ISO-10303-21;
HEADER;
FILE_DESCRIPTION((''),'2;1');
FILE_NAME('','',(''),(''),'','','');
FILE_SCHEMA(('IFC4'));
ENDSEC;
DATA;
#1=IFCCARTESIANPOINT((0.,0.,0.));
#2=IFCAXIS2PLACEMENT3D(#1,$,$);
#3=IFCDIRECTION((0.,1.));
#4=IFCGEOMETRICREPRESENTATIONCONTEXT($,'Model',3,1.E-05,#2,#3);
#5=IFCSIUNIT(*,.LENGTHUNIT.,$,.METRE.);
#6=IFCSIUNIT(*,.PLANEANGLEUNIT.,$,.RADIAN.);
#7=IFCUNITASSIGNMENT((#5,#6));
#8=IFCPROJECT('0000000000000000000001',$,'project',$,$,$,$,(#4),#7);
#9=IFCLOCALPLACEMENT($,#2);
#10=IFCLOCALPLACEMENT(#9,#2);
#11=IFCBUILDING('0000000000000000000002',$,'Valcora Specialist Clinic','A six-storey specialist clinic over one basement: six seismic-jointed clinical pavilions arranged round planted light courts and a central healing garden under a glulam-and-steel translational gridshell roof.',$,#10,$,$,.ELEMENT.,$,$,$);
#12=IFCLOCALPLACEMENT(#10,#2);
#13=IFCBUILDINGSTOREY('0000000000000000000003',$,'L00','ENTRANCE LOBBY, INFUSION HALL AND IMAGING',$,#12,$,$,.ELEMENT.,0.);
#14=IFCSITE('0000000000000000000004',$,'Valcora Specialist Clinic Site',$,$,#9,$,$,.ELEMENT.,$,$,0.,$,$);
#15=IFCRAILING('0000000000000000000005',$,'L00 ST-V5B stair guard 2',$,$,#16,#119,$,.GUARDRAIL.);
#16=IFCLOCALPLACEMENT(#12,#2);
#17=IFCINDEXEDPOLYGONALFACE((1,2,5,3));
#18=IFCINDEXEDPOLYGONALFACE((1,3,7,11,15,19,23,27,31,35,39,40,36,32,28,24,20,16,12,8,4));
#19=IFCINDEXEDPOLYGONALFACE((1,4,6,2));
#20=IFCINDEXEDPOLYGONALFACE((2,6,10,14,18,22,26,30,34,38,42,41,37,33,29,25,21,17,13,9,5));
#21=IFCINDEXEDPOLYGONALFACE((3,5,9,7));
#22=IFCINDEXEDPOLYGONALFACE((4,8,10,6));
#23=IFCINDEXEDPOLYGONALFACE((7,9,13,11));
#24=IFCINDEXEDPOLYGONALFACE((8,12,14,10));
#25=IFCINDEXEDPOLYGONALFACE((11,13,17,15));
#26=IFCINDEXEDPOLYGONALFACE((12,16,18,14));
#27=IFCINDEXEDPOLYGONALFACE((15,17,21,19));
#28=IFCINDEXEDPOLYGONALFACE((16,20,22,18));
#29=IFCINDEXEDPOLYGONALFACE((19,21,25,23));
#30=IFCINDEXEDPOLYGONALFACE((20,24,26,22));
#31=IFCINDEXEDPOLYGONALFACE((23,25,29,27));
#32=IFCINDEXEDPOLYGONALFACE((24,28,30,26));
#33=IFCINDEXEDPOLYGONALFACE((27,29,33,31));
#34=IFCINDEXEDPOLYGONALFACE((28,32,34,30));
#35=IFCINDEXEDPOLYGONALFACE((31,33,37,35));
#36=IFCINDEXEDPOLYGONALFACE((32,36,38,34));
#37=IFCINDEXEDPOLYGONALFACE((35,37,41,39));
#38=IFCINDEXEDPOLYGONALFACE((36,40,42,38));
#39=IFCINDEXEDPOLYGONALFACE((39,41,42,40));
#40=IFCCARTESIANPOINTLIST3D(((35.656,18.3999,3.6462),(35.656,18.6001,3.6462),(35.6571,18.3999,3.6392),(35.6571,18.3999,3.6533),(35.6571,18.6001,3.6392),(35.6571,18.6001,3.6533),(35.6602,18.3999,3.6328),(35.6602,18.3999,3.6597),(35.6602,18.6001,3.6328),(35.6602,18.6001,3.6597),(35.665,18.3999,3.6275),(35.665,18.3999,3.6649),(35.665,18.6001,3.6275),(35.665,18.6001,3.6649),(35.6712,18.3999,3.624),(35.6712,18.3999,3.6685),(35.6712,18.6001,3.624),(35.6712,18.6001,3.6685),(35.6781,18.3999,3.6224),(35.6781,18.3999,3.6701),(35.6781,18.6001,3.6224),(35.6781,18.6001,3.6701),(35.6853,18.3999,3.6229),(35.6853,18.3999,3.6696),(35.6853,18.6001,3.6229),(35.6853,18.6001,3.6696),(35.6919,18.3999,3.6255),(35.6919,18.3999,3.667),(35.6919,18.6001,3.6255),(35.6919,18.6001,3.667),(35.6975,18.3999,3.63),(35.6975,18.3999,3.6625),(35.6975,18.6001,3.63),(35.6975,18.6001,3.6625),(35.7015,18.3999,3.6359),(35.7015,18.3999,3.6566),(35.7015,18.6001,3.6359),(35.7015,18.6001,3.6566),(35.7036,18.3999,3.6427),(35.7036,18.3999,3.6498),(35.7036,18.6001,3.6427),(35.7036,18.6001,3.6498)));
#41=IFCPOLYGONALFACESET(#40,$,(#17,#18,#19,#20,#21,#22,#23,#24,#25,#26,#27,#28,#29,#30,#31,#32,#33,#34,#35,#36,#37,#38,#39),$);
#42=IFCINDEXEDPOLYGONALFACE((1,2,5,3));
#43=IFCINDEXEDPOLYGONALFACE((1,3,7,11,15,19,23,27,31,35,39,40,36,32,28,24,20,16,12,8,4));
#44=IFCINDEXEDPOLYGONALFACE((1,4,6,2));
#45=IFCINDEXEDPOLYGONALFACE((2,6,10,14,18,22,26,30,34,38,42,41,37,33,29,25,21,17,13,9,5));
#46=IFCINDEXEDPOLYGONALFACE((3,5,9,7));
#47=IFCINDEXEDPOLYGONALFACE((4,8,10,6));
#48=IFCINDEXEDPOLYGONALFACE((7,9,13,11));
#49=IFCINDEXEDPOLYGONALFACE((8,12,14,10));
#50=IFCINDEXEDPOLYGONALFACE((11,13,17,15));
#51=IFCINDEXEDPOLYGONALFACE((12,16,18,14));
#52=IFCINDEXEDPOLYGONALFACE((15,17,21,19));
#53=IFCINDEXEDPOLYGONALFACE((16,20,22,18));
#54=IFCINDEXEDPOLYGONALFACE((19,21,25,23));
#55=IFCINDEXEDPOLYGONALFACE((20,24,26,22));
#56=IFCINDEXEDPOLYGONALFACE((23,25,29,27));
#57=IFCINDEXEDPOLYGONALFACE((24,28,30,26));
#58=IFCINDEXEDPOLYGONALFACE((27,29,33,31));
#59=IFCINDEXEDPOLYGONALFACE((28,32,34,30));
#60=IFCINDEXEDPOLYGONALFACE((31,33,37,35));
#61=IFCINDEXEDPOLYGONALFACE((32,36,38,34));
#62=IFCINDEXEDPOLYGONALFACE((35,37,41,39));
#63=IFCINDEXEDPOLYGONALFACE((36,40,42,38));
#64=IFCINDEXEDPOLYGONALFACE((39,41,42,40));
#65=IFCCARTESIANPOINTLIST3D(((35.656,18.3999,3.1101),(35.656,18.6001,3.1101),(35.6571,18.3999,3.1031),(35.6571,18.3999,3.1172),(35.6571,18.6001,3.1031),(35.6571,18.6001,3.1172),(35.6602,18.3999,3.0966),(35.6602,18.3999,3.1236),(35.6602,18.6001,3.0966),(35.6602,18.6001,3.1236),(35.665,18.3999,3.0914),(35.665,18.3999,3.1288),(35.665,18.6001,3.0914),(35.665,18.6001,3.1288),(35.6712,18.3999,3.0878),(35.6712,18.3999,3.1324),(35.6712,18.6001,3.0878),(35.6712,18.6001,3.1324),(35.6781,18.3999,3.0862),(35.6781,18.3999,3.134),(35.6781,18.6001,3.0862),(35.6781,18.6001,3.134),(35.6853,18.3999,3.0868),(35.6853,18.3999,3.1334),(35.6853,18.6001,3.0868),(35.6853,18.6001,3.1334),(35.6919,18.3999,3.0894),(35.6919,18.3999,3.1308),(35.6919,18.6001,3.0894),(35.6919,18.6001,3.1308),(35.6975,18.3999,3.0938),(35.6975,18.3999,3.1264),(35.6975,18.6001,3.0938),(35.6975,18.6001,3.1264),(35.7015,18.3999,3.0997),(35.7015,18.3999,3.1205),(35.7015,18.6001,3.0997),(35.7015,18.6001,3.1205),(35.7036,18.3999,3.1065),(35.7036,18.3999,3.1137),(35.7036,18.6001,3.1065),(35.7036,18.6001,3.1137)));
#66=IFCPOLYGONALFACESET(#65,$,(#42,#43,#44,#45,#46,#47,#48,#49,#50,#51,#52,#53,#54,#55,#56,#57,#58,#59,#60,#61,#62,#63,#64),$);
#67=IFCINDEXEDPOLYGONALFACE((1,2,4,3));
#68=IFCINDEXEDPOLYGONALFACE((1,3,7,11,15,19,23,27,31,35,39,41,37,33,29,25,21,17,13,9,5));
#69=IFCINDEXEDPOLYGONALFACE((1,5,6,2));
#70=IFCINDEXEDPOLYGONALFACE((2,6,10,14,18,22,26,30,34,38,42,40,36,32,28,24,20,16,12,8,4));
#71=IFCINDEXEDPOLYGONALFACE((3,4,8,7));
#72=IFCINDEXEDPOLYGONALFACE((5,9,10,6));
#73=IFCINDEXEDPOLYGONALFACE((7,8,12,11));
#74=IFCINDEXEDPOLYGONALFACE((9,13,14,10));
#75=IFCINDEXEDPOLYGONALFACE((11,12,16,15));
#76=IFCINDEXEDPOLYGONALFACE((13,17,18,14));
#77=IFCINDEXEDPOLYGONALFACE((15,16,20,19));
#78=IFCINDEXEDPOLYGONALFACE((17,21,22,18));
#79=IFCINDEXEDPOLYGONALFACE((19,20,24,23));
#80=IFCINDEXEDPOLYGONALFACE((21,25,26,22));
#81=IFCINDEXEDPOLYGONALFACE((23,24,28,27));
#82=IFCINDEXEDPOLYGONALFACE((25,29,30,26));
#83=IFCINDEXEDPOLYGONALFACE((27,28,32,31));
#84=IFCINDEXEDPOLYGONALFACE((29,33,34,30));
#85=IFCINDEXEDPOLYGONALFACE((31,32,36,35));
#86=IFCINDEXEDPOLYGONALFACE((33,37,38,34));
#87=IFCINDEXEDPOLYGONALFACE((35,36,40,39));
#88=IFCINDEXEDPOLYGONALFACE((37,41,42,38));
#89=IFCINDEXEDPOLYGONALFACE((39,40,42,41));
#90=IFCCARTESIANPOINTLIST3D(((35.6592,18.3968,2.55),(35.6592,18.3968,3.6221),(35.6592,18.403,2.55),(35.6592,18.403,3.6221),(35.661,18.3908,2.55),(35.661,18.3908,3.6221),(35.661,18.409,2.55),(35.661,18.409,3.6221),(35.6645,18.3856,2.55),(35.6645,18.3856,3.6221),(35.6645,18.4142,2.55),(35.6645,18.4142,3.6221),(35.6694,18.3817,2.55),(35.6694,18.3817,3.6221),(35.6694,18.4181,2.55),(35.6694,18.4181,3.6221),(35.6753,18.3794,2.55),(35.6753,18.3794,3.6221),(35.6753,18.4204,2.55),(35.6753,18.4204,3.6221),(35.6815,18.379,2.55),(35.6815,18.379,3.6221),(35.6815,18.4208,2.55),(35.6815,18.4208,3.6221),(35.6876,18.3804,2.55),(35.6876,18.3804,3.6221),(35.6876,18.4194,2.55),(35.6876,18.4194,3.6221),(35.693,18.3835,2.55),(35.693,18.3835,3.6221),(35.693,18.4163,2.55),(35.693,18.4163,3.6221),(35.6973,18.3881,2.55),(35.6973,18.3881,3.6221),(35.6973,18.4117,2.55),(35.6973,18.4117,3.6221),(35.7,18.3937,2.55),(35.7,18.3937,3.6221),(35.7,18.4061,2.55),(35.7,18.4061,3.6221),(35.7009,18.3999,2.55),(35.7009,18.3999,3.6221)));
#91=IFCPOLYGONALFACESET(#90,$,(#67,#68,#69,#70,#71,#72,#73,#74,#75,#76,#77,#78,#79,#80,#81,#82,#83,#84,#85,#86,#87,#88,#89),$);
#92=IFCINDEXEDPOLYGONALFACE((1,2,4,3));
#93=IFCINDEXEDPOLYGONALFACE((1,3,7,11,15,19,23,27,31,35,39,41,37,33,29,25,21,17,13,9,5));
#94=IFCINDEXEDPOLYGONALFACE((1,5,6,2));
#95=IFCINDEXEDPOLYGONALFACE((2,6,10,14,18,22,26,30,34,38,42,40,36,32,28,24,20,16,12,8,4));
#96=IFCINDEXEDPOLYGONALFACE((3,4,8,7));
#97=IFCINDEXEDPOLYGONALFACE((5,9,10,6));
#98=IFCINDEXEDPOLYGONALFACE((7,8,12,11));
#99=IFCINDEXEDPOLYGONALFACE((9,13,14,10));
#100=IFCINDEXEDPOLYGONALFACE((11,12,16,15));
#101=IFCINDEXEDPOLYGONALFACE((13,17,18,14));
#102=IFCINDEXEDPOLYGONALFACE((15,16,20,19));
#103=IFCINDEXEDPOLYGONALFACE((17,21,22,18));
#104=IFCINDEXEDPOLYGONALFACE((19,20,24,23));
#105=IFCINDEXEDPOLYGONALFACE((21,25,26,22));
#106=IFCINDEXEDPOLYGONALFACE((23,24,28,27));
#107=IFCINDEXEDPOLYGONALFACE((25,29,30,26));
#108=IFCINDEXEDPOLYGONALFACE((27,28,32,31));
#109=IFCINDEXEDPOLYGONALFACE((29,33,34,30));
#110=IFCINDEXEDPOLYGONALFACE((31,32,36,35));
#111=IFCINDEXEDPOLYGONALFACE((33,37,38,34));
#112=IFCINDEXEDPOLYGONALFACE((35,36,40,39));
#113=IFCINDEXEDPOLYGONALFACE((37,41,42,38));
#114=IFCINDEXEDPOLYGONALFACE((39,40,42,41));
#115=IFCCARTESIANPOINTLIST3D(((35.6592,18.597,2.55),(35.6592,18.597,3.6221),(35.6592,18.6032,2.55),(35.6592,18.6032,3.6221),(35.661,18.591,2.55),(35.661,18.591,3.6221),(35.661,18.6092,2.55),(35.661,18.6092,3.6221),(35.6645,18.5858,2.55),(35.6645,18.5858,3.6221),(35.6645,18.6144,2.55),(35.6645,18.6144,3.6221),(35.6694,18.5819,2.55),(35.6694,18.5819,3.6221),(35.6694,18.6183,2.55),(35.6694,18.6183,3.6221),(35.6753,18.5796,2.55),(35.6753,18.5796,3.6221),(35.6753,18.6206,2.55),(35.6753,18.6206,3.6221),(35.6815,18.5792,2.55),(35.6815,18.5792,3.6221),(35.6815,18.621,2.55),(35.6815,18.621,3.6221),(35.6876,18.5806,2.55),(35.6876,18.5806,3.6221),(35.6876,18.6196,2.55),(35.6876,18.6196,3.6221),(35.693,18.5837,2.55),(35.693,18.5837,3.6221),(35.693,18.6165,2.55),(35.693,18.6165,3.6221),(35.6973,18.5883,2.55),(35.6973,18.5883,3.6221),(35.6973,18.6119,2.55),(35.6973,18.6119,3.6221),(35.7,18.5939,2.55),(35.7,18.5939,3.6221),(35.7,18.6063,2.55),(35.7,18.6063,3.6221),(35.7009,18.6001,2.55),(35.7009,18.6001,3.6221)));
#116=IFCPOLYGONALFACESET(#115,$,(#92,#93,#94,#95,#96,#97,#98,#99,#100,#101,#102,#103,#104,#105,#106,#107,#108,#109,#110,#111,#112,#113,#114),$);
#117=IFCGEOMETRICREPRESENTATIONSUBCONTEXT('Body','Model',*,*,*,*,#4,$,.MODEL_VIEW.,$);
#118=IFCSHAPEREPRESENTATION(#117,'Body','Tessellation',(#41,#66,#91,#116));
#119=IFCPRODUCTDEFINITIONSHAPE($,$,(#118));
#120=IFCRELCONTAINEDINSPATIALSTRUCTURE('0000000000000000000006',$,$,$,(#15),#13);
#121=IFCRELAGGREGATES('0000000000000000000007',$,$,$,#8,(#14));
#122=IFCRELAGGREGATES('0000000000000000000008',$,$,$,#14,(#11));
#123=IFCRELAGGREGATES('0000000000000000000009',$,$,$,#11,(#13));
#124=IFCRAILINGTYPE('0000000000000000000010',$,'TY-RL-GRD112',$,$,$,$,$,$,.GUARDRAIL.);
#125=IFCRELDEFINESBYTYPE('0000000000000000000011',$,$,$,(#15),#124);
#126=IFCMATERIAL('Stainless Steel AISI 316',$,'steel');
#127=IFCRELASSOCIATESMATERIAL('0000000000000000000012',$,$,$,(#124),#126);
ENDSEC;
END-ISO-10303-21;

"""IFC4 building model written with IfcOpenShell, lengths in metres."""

from ifc_helpers import new_model, si_unit, direction, frame, origin, origin_2d, place, context, subcontext, project, spatial, circle, extrude, material, type_object, element, save


model = new_model("IFC4")

# Units and contexts
model_context = context("Model", 3, precision=1e-05, world=origin(), true_north=direction((0.0, 1.0)))
body_context = subcontext(model_context, "Body", "Model", "MODEL_VIEW")
ifc_project = project(units=[si_unit("LENGTHUNIT", "METRE"), si_unit("PLANEANGLEUNIT", "RADIAN")], contexts=[model_context])

# Site, building, storey
site_placement = place(None, origin())
site = spatial("IfcSite", under=ifc_project, at=site_placement, Name="Valcora Specialist Clinic Site", CompositionType="ELEMENT", RefElevation=0.0)
building_placement = place(site_placement, origin())
building = spatial("IfcBuilding", under=site, at=building_placement, Name="Valcora Specialist Clinic", Description="A six-storey specialist clinic over one basement: six seismic-jointed clinical pavilions arranged round planted light courts and a central healing garden under a glulam-and-steel translational gridshell roof.", CompositionType="ELEMENT")
storey_placement = place(building_placement, origin())
storey = spatial("IfcBuildingStorey", under=building, at=storey_placement, Name="L00", Description="ENTRANCE LOBBY, INFUSION HALL AND IMAGING", CompositionType="ELEMENT", Elevation=0.0)

# Shared definitions
ifc_material_1 = material(Name="Stainless Steel AISI 316", Category="steel")

# Railing
railing_type_1 = type_object("IfcRailingType", Name="TY-RL-GRD112", PredefinedType="GUARDRAIL", material=ifc_material_1)
railing_1_placement = place(storey_placement, frame((35.6799, 18.3999, 2.55)))
element("IfcRailing", 1, at=railing_1_placement, inside=storey, type_object=railing_type_1, Name="L00 ST-V5B stair guard 2", PredefinedType="GUARDRAIL", context=body_context, shape_type="SweptSolid", body=[
    extrude(circle(Radius=0.0239, at=origin_2d()), frame((0.0, 0.0, 1.0962), z_axis=(0.0, 1.0, 0.0), x_axis=(-1.0, 0.0, 0.0)), (0.0, 0.0, 1.0), 0.2002),
    extrude(circle(Radius=0.0239, at=origin_2d()), frame((0.0, 0.0, 0.5601), z_axis=(0.0, 1.0, 0.0), x_axis=(-1.0, 0.0, 0.0)), (0.0, 0.0, 1.0), 0.2002),
    extrude(circle(Radius=0.021, at=origin_2d()), origin(), (0.0, 0.0, 1.0), 1.072),
    extrude(circle(Radius=0.021, at=origin_2d()), frame((0.0, 0.2002, 0.0)), (0.0, 0.0, 1.0), 1.072),
])

save(model, "model.ifc")
